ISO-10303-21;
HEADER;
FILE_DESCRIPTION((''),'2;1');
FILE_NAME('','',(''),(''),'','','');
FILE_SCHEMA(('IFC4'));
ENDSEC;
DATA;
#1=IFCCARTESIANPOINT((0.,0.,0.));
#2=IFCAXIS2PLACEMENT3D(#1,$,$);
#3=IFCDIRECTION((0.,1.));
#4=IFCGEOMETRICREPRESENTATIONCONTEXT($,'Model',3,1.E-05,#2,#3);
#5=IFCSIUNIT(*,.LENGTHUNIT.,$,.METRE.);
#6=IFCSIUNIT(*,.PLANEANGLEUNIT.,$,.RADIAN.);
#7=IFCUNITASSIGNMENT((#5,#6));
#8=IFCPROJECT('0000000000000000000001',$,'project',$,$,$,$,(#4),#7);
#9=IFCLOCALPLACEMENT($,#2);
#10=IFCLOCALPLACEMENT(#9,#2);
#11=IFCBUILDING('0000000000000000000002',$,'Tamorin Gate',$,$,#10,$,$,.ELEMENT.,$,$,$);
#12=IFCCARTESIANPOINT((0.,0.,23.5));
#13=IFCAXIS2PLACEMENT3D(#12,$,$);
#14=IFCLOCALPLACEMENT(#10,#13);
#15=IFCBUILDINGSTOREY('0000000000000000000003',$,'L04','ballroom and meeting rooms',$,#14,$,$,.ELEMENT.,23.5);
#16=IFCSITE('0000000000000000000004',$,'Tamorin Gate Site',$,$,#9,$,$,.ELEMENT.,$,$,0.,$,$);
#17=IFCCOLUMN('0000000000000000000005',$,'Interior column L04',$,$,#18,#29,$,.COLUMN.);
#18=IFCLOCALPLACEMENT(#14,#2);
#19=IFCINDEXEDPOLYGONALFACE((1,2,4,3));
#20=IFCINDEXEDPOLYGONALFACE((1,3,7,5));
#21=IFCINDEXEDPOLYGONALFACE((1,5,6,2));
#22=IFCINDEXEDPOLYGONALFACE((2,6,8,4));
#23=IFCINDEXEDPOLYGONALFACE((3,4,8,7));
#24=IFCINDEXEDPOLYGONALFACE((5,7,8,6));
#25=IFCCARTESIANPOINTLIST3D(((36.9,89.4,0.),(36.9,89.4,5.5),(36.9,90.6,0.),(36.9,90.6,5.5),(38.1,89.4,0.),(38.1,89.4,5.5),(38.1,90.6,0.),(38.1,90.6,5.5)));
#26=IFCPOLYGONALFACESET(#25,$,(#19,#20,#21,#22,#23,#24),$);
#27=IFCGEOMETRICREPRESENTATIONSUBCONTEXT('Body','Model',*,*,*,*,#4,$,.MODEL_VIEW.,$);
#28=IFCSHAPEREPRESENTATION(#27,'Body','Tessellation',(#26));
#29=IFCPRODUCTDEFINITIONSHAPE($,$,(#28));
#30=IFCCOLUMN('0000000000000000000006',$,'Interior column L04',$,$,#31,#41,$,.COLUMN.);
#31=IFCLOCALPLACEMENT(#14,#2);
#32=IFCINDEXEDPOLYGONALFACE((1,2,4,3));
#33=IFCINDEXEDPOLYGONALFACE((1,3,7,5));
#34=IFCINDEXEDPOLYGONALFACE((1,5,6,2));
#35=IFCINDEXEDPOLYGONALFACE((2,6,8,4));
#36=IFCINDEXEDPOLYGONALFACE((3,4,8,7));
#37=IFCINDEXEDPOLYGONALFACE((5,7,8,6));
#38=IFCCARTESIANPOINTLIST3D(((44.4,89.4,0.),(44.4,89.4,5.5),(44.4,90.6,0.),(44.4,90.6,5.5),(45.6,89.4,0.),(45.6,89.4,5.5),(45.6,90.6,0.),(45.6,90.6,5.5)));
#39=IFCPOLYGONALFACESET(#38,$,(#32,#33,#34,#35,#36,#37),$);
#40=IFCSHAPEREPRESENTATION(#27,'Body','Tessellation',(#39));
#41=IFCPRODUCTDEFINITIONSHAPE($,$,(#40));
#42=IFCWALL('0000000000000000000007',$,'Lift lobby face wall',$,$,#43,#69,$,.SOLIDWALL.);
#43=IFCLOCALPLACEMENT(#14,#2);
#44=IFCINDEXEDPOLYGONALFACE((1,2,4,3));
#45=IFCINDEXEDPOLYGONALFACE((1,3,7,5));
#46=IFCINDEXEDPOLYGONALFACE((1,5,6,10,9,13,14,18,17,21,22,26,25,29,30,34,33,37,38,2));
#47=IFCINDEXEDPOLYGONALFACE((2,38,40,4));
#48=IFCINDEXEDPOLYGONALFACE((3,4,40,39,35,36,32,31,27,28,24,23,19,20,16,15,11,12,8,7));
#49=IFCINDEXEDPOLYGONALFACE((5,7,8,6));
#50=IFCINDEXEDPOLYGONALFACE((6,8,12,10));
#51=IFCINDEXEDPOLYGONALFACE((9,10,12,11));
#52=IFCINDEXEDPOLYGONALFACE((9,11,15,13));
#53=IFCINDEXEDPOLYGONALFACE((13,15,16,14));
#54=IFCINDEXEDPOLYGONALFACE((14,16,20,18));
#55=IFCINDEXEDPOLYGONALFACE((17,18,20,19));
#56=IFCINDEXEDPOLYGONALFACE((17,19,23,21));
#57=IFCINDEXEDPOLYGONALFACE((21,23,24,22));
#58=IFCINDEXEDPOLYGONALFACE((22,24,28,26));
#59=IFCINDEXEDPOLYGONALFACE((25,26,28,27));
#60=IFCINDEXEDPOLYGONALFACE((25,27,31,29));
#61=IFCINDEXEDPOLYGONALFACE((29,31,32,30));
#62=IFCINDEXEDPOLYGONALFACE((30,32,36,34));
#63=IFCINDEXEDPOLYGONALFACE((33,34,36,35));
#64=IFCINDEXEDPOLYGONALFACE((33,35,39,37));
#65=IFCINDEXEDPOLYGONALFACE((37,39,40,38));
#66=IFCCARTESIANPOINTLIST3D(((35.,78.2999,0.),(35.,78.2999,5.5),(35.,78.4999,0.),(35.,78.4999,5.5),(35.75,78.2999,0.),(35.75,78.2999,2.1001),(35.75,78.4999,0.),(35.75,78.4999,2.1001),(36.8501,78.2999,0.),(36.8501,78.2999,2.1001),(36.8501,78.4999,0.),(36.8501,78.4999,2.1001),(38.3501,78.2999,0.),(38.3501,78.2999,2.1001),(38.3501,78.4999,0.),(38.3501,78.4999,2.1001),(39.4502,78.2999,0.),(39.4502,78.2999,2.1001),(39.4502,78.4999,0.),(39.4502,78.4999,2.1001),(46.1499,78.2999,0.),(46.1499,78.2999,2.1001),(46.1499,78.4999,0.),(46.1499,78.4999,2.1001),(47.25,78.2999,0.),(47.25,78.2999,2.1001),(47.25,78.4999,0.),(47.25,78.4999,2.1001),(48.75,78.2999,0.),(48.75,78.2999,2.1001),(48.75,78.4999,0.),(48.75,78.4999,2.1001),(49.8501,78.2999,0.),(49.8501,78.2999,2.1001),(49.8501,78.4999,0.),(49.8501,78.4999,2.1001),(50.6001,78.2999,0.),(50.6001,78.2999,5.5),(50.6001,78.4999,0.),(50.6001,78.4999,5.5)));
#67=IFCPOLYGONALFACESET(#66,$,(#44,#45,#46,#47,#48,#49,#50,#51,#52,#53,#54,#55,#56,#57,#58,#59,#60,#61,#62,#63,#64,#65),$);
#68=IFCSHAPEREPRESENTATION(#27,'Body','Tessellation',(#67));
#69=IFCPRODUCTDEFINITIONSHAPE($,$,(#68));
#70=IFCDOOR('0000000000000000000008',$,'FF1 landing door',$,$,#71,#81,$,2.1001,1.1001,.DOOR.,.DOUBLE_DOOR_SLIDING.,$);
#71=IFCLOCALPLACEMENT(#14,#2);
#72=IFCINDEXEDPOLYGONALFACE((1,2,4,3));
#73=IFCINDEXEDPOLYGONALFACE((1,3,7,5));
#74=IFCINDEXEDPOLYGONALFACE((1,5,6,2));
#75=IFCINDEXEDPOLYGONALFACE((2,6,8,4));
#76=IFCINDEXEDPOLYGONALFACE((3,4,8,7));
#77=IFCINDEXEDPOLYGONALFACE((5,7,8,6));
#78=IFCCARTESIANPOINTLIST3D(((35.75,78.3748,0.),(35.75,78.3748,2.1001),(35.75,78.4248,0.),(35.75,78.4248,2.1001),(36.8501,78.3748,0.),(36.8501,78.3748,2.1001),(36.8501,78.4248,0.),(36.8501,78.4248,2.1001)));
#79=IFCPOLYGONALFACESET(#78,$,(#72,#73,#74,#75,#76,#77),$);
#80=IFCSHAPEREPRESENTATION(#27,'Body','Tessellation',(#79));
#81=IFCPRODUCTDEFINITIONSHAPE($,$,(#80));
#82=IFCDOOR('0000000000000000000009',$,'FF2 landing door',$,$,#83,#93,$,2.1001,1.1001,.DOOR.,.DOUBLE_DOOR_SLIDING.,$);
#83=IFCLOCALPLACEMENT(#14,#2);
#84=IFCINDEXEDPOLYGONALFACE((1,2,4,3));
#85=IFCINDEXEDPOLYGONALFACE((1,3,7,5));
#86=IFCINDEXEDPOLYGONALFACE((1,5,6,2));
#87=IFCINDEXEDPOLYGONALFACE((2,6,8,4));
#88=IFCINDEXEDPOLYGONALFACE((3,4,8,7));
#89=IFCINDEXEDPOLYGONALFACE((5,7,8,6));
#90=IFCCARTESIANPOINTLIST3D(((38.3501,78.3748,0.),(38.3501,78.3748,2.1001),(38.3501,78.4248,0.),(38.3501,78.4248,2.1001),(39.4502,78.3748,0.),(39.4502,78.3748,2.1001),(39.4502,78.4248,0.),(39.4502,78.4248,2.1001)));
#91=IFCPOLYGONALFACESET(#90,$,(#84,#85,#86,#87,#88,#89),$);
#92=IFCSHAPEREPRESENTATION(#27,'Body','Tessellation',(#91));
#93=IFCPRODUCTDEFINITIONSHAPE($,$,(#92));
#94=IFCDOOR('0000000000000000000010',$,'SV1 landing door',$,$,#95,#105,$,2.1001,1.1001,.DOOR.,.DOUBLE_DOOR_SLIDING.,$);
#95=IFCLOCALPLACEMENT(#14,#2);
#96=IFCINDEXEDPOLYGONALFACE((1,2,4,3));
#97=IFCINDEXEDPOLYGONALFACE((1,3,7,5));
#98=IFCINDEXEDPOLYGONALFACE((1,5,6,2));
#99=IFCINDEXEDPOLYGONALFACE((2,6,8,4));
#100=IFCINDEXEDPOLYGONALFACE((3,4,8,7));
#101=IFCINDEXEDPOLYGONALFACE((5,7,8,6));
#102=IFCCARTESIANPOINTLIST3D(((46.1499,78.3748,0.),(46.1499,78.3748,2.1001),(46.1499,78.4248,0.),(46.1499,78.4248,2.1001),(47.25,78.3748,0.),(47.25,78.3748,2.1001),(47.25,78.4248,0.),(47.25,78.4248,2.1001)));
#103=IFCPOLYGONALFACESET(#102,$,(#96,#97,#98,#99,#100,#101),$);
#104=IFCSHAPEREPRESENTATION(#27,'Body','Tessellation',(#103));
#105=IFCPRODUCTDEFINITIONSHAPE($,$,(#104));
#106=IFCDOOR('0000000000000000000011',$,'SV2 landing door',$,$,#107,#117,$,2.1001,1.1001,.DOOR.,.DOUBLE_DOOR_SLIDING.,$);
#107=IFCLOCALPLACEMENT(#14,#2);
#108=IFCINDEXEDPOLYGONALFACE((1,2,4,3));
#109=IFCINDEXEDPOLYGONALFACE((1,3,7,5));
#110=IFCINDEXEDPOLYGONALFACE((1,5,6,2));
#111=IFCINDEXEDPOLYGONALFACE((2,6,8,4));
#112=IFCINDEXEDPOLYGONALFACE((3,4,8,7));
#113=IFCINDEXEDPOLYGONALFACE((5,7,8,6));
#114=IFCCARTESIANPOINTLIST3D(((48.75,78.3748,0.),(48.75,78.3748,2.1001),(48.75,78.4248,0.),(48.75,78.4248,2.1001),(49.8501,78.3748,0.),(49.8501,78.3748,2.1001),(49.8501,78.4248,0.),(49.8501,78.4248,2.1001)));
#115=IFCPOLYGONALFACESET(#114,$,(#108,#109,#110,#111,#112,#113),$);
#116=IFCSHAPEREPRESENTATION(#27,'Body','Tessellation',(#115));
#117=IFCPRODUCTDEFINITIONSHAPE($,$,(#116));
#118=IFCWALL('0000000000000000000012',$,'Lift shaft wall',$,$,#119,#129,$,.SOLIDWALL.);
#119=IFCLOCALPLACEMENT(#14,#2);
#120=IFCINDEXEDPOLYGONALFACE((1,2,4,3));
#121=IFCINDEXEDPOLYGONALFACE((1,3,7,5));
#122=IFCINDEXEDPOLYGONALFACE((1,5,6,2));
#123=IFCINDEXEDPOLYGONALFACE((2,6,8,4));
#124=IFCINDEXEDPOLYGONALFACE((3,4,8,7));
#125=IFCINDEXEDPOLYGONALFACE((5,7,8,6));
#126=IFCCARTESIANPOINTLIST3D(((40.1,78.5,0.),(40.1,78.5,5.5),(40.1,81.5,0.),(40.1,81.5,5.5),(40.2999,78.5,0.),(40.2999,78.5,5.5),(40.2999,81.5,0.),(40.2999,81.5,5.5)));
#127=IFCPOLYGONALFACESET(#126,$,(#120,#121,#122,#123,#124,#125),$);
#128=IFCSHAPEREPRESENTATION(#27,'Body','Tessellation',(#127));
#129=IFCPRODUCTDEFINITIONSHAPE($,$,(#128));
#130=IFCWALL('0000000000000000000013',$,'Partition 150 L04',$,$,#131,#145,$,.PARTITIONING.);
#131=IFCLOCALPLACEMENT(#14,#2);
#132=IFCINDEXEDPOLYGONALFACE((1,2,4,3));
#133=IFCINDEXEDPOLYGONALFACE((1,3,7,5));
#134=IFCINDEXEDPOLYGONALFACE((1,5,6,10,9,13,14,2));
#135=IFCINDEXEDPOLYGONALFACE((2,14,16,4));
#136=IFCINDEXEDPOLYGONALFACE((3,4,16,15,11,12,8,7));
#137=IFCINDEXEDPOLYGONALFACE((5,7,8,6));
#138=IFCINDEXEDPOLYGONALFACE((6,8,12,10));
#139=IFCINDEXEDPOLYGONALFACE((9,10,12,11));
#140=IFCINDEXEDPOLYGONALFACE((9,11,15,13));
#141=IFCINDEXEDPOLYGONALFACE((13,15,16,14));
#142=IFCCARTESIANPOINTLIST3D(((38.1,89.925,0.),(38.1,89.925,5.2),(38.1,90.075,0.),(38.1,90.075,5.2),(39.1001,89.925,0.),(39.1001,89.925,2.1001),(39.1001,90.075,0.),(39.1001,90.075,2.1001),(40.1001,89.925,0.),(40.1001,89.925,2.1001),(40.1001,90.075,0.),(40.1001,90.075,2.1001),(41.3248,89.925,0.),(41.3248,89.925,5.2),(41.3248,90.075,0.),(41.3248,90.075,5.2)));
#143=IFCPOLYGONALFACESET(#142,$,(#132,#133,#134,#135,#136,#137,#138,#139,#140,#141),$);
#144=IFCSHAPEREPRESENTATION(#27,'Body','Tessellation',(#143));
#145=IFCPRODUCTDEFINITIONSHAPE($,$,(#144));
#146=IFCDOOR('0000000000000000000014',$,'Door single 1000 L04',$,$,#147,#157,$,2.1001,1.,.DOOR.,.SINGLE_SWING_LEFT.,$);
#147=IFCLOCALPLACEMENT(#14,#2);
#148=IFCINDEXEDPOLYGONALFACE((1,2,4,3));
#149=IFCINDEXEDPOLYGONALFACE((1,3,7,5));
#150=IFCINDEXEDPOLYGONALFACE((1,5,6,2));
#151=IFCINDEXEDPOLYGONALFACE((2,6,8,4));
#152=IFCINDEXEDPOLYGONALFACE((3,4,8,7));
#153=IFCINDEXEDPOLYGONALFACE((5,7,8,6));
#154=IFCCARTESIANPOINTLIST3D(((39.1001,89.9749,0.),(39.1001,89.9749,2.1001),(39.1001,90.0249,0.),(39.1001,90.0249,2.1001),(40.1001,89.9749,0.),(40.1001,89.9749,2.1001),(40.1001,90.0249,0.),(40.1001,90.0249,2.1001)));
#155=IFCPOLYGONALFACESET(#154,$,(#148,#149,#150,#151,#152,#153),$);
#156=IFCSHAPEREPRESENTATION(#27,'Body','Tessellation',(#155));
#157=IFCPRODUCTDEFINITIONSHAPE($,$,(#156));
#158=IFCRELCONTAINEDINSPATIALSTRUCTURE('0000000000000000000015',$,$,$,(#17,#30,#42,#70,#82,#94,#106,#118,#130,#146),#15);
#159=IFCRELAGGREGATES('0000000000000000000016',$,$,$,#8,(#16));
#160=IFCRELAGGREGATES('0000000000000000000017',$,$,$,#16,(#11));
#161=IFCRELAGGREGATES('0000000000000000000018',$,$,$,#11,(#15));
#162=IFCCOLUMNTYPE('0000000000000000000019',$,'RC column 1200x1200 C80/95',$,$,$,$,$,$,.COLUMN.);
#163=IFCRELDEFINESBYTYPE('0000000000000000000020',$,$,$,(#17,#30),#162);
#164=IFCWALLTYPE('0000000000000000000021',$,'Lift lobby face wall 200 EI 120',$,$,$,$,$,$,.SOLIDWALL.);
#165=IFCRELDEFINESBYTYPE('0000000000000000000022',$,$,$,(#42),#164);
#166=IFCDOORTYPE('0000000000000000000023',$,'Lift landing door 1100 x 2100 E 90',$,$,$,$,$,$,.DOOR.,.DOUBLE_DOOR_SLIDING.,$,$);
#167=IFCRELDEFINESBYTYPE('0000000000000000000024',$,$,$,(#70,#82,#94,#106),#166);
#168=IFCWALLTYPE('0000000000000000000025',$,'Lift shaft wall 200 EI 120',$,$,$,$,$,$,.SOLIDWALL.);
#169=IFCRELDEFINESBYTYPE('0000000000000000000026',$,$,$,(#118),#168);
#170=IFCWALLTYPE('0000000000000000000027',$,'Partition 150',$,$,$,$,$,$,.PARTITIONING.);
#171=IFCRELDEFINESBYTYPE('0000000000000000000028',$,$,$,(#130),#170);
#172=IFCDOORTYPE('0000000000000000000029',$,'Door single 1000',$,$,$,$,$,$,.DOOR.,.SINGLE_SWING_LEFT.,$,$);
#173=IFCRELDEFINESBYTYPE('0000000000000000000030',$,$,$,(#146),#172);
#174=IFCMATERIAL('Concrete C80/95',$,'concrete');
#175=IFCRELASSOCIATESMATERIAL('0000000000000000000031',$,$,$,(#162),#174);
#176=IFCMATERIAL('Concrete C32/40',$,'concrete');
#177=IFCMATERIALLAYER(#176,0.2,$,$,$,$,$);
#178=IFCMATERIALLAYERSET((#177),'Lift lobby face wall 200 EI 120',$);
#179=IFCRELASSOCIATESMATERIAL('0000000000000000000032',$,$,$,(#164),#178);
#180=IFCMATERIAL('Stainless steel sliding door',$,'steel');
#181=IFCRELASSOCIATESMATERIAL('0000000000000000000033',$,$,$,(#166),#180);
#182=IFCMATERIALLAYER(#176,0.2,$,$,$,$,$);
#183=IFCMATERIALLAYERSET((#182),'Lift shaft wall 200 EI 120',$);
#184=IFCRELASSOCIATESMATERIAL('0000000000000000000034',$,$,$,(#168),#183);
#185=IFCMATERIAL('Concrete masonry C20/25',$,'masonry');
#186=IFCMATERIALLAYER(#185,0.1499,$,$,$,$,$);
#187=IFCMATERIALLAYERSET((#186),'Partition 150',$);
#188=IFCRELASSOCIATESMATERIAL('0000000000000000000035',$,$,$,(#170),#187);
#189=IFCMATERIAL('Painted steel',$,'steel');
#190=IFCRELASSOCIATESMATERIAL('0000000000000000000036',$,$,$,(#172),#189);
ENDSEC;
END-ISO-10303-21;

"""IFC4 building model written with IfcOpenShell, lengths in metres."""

from ifc_helpers import new_model, si_unit, direction, frame, frame_2d, origin, origin_2d, place, context, subcontext, project, spatial, rectangle, extrude, material, layer, layer_set, material_profile, profile_set, type_object, element, fill, save


model = new_model("IFC4")

# Units and contexts
model_context = context("Model", 3, precision=1e-05, world=origin(), true_north=direction((0.0, 1.0)))
body_context = subcontext(model_context, "Body", "Model", "MODEL_VIEW")
ifc_project = project(units=[si_unit("LENGTHUNIT", "METRE"), si_unit("PLANEANGLEUNIT", "RADIAN")], contexts=[model_context])

# Site, building, storey
site_placement = place(None, origin())
site = spatial("IfcSite", under=ifc_project, at=site_placement, Name="Tamorin Gate Site", CompositionType="ELEMENT", RefElevation=0.0)
building_placement = place(site_placement, origin())
building = spatial("IfcBuilding", under=site, at=building_placement, Name="Tamorin Gate", CompositionType="ELEMENT")
storey_placement = place(building_placement, frame((0.0, 0.0, 23.5)))
storey = spatial("IfcBuildingStorey", under=building, at=storey_placement, Name="L04", Description="ballroom and meeting rooms", CompositionType="ELEMENT", Elevation=23.5)

# Columns
ifc_material_1 = material(Name="Concrete C80/95", Category="concrete")
ifc_material_profile = material_profile(ifc_material_1, rectangle(XDim=1.2, YDim=1.2, at=origin_2d()), Name="RC 1200x1200")
ifc_profile_set = profile_set([ifc_material_profile], Name="Concrete C80/95")
column_type = type_object("IfcColumnType", Name="RC column 1200x1200 C80/95", PredefinedType="COLUMN", material=ifc_profile_set)
for number, where, z_axis, x_axis, name in (
    (1, (37.5, 90.0, 0.0), (0.0, 0.0, 1.0), (1.0, 0.0, 0.0), "Interior column L04"),
    (2, (45.0, 90.0, 0.0), (0.0, 0.0, 1.0), (1.0, 0.0, 0.0), "Interior column L04"),
):
    element("IfcColumn", number, at=place(storey_placement, frame(where, z_axis=z_axis, x_axis=x_axis)), inside=storey, type_object=column_type, Name=name, PredefinedType="COLUMN", context=body_context, shape_type="SweptSolid", body=[
        extrude(rectangle(XDim=1.2, YDim=1.2, at=origin_2d()), origin(), (0.0, 0.0, 1.0), 5.5),
    ])

# Wall, openings, doors
ifc_material_2 = material(Name="Concrete C32/40", Category="concrete")
ifc_layer_1 = layer(ifc_material_2, 0.2)
ifc_layer_set_1 = layer_set([ifc_layer_1], Name="Lift lobby face wall 200 EI 120")
wall_type_1 = type_object("IfcWallType", Name="Lift lobby face wall 200 EI 120", PredefinedType="SOLIDWALL", material=ifc_layer_set_1)
wall_1_placement = place(storey_placement, frame((35.0, 78.3999, 0.0), z_axis=(0.0, 0.0, 1.0), x_axis=(1.0, 0.0, 0.0)))
wall_1 = element("IfcWall", 3, at=wall_1_placement, inside=storey, type_object=wall_type_1, Name="Lift lobby face wall", PredefinedType="SOLIDWALL", context=body_context, shape_type="SweptSolid", body=[
    extrude(rectangle(XDim=15.6001, YDim=0.2, at=frame_2d((7.8, 0.0))), origin(), (0.0, 0.0, 1.0), 5.5),
])
opening_1_placement = place(wall_1_placement, frame((0.75, 0.0, 0.0)))
opening_1 = element("IfcOpeningElement", 4, at=opening_1_placement, cuts=wall_1, PredefinedType="OPENING", context=body_context, shape_type="SweptSolid", body=[
    extrude(rectangle(XDim=1.1001, YDim=2.1001, at=frame_2d((0.55, 1.05))), frame((0.0, 0.1099, 0.0), z_axis=(0.0, -1.0, 0.0), x_axis=(1.0, 0.0, 0.0)), (0.0, 0.0, 1.0), 0.22),
])
opening_2_placement = place(wall_1_placement, frame((3.3501, 0.0, 0.0)))
opening_2 = element("IfcOpeningElement", 5, at=opening_2_placement, cuts=wall_1, PredefinedType="OPENING", context=body_context, shape_type="SweptSolid", body=[
    extrude(rectangle(XDim=1.1001, YDim=2.1001, at=frame_2d((0.55, 1.05))), frame((0.0, 0.1099, 0.0), z_axis=(0.0, -1.0, 0.0), x_axis=(1.0, 0.0, 0.0)), (0.0, 0.0, 1.0), 0.22),
])
opening_3_placement = place(wall_1_placement, frame((11.1499, 0.0, 0.0)))
opening_3 = element("IfcOpeningElement", 6, at=opening_3_placement, cuts=wall_1, PredefinedType="OPENING", context=body_context, shape_type="SweptSolid", body=[
    extrude(rectangle(XDim=1.1001, YDim=2.1001, at=frame_2d((0.55, 1.05))), frame((0.0, 0.1099, 0.0), z_axis=(0.0, -1.0, 0.0), x_axis=(1.0, 0.0, 0.0)), (0.0, 0.0, 1.0), 0.22),
])
opening_4_placement = place(wall_1_placement, frame((13.75, 0.0, 0.0)))
opening_4 = element("IfcOpeningElement", 7, at=opening_4_placement, cuts=wall_1, PredefinedType="OPENING", context=body_context, shape_type="SweptSolid", body=[
    extrude(rectangle(XDim=1.1001, YDim=2.1001, at=frame_2d((0.55, 1.05))), frame((0.0, 0.1099, 0.0), z_axis=(0.0, -1.0, 0.0), x_axis=(1.0, 0.0, 0.0)), (0.0, 0.0, 1.0), 0.22),
])
ifc_material_3 = material(Name="Stainless steel sliding door", Category="steel")
door_type_1 = type_object("IfcDoorType", Name="Lift landing door 1100 x 2100 E 90", OperationType="DOUBLE_DOOR_SLIDING", PredefinedType="DOOR", material=ifc_material_3)
door_1_placement = place(opening_1_placement, origin())
door_1 = element("IfcDoor", 8, at=door_1_placement, inside=storey, type_object=door_type_1, Name="FF1 landing door", OperationType="DOUBLE_DOOR_SLIDING", OverallHeight=2.1001, OverallWidth=1.1001, PredefinedType="DOOR", context=body_context, shape_type="SweptSolid", body=[
    extrude(rectangle(XDim=1.1001, YDim=2.1001, at=frame_2d((0.55, 1.05))), frame((0.0, 0.0249, 0.0), z_axis=(0.0, -1.0, 0.0), x_axis=(1.0, 0.0, 0.0)), (0.0, 0.0, 1.0), 0.05),
])
fill(opening_1, door_1)
door_2_placement = place(opening_2_placement, origin())
door_2 = element("IfcDoor", 9, at=door_2_placement, inside=storey, type_object=door_type_1, Name="FF2 landing door", OperationType="DOUBLE_DOOR_SLIDING", OverallHeight=2.1001, OverallWidth=1.1001, PredefinedType="DOOR", context=body_context, shape_type="SweptSolid", body=[
    extrude(rectangle(XDim=1.1001, YDim=2.1001, at=frame_2d((0.55, 1.05))), frame((0.0, 0.0249, 0.0), z_axis=(0.0, -1.0, 0.0), x_axis=(1.0, 0.0, 0.0)), (0.0, 0.0, 1.0), 0.05),
])
fill(opening_2, door_2)
door_3_placement = place(opening_3_placement, origin())
door_3 = element("IfcDoor", 10, at=door_3_placement, inside=storey, type_object=door_type_1, Name="SV1 landing door", OperationType="DOUBLE_DOOR_SLIDING", OverallHeight=2.1001, OverallWidth=1.1001, PredefinedType="DOOR", context=body_context, shape_type="SweptSolid", body=[
    extrude(rectangle(XDim=1.1001, YDim=2.1001, at=frame_2d((0.55, 1.05))), frame((0.0, 0.0249, 0.0), z_axis=(0.0, -1.0, 0.0), x_axis=(1.0, 0.0, 0.0)), (0.0, 0.0, 1.0), 0.05),
])
fill(opening_3, door_3)
door_4_placement = place(opening_4_placement, origin())
door_4 = element("IfcDoor", 11, at=door_4_placement, inside=storey, type_object=door_type_1, Name="SV2 landing door", OperationType="DOUBLE_DOOR_SLIDING", OverallHeight=2.1001, OverallWidth=1.1001, PredefinedType="DOOR", context=body_context, shape_type="SweptSolid", body=[
    extrude(rectangle(XDim=1.1001, YDim=2.1001, at=frame_2d((0.55, 1.05))), frame((0.0, 0.0249, 0.0), z_axis=(0.0, -1.0, 0.0), x_axis=(1.0, 0.0, 0.0)), (0.0, 0.0, 1.0), 0.05),
])
fill(opening_4, door_4)

# Wall
ifc_layer_2 = layer(ifc_material_2, 0.2)
ifc_layer_set_2 = layer_set([ifc_layer_2], Name="Lift shaft wall 200 EI 120")
wall_type_2 = type_object("IfcWallType", Name="Lift shaft wall 200 EI 120", PredefinedType="SOLIDWALL", material=ifc_layer_set_2)
wall_2_placement = place(storey_placement, frame((40.2, 78.5, 0.0), z_axis=(0.0, 0.0, 1.0), x_axis=(0.0, 1.0, 0.0)))
element("IfcWall", 12, at=wall_2_placement, inside=storey, type_object=wall_type_2, Name="Lift shaft wall", PredefinedType="SOLIDWALL", context=body_context, shape_type="SweptSolid", body=[
    extrude(rectangle(XDim=3.0, YDim=0.2, at=frame_2d((1.5, 0.0))), origin(), (0.0, 0.0, 1.0), 5.5),
])

# Wall, opening, door
ifc_material_4 = material(Name="Concrete masonry C20/25", Category="masonry")
ifc_layer_3 = layer(ifc_material_4, 0.1499)
ifc_layer_set_3 = layer_set([ifc_layer_3], Name="Partition 150")
wall_type_3 = type_object("IfcWallType", Name="Partition 150", PredefinedType="PARTITIONING", material=ifc_layer_set_3)
wall_3_placement = place(storey_placement, frame((38.1001, 90.0, 0.0), z_axis=(0.0, 0.0, 1.0), x_axis=(1.0, 0.0, 0.0)))
wall_3 = element("IfcWall", 13, at=wall_3_placement, inside=storey, type_object=wall_type_3, Name="Partition 150 L04", PredefinedType="PARTITIONING", context=body_context, shape_type="SweptSolid", body=[
    extrude(rectangle(XDim=3.2249, YDim=0.1499, at=frame_2d((1.6123, 0.0))), origin(), (0.0, 0.0, 1.0), 5.2),
])
opening_5_placement = place(wall_3_placement, frame((1.0, 0.0, 0.0)))
opening_5 = element("IfcOpeningElement", 14, at=opening_5_placement, cuts=wall_3, PredefinedType="OPENING", context=body_context, shape_type="SweptSolid", body=[
    extrude(rectangle(XDim=1.0, YDim=2.1001, at=frame_2d((0.5, 1.05))), frame((0.0, 0.085, 0.0), z_axis=(0.0, -1.0, 0.0), x_axis=(1.0, 0.0, 0.0)), (0.0, 0.0, 1.0), 0.1699),
])
ifc_material_5 = material(Name="Painted steel", Category="steel")
door_type_2 = type_object("IfcDoorType", Name="Door single 1000", OperationType="SINGLE_SWING_LEFT", PredefinedType="DOOR", material=ifc_material_5)
door_5_placement = place(opening_5_placement, origin())
door_5 = element("IfcDoor", 15, at=door_5_placement, inside=storey, type_object=door_type_2, Name="Door single 1000 L04", OperationType="SINGLE_SWING_LEFT", OverallHeight=2.1001, OverallWidth=1.0, PredefinedType="DOOR", context=body_context, shape_type="SweptSolid", body=[
    extrude(rectangle(XDim=1.0, YDim=2.1001, at=frame_2d((0.5, 1.05))), frame((0.0, 0.0249, 0.0), z_axis=(0.0, -1.0, 0.0), x_axis=(1.0, 0.0, 0.0)), (0.0, 0.0, 1.0), 0.05),
])
fill(opening_5, door_5)

save(model, "model.ifc")
